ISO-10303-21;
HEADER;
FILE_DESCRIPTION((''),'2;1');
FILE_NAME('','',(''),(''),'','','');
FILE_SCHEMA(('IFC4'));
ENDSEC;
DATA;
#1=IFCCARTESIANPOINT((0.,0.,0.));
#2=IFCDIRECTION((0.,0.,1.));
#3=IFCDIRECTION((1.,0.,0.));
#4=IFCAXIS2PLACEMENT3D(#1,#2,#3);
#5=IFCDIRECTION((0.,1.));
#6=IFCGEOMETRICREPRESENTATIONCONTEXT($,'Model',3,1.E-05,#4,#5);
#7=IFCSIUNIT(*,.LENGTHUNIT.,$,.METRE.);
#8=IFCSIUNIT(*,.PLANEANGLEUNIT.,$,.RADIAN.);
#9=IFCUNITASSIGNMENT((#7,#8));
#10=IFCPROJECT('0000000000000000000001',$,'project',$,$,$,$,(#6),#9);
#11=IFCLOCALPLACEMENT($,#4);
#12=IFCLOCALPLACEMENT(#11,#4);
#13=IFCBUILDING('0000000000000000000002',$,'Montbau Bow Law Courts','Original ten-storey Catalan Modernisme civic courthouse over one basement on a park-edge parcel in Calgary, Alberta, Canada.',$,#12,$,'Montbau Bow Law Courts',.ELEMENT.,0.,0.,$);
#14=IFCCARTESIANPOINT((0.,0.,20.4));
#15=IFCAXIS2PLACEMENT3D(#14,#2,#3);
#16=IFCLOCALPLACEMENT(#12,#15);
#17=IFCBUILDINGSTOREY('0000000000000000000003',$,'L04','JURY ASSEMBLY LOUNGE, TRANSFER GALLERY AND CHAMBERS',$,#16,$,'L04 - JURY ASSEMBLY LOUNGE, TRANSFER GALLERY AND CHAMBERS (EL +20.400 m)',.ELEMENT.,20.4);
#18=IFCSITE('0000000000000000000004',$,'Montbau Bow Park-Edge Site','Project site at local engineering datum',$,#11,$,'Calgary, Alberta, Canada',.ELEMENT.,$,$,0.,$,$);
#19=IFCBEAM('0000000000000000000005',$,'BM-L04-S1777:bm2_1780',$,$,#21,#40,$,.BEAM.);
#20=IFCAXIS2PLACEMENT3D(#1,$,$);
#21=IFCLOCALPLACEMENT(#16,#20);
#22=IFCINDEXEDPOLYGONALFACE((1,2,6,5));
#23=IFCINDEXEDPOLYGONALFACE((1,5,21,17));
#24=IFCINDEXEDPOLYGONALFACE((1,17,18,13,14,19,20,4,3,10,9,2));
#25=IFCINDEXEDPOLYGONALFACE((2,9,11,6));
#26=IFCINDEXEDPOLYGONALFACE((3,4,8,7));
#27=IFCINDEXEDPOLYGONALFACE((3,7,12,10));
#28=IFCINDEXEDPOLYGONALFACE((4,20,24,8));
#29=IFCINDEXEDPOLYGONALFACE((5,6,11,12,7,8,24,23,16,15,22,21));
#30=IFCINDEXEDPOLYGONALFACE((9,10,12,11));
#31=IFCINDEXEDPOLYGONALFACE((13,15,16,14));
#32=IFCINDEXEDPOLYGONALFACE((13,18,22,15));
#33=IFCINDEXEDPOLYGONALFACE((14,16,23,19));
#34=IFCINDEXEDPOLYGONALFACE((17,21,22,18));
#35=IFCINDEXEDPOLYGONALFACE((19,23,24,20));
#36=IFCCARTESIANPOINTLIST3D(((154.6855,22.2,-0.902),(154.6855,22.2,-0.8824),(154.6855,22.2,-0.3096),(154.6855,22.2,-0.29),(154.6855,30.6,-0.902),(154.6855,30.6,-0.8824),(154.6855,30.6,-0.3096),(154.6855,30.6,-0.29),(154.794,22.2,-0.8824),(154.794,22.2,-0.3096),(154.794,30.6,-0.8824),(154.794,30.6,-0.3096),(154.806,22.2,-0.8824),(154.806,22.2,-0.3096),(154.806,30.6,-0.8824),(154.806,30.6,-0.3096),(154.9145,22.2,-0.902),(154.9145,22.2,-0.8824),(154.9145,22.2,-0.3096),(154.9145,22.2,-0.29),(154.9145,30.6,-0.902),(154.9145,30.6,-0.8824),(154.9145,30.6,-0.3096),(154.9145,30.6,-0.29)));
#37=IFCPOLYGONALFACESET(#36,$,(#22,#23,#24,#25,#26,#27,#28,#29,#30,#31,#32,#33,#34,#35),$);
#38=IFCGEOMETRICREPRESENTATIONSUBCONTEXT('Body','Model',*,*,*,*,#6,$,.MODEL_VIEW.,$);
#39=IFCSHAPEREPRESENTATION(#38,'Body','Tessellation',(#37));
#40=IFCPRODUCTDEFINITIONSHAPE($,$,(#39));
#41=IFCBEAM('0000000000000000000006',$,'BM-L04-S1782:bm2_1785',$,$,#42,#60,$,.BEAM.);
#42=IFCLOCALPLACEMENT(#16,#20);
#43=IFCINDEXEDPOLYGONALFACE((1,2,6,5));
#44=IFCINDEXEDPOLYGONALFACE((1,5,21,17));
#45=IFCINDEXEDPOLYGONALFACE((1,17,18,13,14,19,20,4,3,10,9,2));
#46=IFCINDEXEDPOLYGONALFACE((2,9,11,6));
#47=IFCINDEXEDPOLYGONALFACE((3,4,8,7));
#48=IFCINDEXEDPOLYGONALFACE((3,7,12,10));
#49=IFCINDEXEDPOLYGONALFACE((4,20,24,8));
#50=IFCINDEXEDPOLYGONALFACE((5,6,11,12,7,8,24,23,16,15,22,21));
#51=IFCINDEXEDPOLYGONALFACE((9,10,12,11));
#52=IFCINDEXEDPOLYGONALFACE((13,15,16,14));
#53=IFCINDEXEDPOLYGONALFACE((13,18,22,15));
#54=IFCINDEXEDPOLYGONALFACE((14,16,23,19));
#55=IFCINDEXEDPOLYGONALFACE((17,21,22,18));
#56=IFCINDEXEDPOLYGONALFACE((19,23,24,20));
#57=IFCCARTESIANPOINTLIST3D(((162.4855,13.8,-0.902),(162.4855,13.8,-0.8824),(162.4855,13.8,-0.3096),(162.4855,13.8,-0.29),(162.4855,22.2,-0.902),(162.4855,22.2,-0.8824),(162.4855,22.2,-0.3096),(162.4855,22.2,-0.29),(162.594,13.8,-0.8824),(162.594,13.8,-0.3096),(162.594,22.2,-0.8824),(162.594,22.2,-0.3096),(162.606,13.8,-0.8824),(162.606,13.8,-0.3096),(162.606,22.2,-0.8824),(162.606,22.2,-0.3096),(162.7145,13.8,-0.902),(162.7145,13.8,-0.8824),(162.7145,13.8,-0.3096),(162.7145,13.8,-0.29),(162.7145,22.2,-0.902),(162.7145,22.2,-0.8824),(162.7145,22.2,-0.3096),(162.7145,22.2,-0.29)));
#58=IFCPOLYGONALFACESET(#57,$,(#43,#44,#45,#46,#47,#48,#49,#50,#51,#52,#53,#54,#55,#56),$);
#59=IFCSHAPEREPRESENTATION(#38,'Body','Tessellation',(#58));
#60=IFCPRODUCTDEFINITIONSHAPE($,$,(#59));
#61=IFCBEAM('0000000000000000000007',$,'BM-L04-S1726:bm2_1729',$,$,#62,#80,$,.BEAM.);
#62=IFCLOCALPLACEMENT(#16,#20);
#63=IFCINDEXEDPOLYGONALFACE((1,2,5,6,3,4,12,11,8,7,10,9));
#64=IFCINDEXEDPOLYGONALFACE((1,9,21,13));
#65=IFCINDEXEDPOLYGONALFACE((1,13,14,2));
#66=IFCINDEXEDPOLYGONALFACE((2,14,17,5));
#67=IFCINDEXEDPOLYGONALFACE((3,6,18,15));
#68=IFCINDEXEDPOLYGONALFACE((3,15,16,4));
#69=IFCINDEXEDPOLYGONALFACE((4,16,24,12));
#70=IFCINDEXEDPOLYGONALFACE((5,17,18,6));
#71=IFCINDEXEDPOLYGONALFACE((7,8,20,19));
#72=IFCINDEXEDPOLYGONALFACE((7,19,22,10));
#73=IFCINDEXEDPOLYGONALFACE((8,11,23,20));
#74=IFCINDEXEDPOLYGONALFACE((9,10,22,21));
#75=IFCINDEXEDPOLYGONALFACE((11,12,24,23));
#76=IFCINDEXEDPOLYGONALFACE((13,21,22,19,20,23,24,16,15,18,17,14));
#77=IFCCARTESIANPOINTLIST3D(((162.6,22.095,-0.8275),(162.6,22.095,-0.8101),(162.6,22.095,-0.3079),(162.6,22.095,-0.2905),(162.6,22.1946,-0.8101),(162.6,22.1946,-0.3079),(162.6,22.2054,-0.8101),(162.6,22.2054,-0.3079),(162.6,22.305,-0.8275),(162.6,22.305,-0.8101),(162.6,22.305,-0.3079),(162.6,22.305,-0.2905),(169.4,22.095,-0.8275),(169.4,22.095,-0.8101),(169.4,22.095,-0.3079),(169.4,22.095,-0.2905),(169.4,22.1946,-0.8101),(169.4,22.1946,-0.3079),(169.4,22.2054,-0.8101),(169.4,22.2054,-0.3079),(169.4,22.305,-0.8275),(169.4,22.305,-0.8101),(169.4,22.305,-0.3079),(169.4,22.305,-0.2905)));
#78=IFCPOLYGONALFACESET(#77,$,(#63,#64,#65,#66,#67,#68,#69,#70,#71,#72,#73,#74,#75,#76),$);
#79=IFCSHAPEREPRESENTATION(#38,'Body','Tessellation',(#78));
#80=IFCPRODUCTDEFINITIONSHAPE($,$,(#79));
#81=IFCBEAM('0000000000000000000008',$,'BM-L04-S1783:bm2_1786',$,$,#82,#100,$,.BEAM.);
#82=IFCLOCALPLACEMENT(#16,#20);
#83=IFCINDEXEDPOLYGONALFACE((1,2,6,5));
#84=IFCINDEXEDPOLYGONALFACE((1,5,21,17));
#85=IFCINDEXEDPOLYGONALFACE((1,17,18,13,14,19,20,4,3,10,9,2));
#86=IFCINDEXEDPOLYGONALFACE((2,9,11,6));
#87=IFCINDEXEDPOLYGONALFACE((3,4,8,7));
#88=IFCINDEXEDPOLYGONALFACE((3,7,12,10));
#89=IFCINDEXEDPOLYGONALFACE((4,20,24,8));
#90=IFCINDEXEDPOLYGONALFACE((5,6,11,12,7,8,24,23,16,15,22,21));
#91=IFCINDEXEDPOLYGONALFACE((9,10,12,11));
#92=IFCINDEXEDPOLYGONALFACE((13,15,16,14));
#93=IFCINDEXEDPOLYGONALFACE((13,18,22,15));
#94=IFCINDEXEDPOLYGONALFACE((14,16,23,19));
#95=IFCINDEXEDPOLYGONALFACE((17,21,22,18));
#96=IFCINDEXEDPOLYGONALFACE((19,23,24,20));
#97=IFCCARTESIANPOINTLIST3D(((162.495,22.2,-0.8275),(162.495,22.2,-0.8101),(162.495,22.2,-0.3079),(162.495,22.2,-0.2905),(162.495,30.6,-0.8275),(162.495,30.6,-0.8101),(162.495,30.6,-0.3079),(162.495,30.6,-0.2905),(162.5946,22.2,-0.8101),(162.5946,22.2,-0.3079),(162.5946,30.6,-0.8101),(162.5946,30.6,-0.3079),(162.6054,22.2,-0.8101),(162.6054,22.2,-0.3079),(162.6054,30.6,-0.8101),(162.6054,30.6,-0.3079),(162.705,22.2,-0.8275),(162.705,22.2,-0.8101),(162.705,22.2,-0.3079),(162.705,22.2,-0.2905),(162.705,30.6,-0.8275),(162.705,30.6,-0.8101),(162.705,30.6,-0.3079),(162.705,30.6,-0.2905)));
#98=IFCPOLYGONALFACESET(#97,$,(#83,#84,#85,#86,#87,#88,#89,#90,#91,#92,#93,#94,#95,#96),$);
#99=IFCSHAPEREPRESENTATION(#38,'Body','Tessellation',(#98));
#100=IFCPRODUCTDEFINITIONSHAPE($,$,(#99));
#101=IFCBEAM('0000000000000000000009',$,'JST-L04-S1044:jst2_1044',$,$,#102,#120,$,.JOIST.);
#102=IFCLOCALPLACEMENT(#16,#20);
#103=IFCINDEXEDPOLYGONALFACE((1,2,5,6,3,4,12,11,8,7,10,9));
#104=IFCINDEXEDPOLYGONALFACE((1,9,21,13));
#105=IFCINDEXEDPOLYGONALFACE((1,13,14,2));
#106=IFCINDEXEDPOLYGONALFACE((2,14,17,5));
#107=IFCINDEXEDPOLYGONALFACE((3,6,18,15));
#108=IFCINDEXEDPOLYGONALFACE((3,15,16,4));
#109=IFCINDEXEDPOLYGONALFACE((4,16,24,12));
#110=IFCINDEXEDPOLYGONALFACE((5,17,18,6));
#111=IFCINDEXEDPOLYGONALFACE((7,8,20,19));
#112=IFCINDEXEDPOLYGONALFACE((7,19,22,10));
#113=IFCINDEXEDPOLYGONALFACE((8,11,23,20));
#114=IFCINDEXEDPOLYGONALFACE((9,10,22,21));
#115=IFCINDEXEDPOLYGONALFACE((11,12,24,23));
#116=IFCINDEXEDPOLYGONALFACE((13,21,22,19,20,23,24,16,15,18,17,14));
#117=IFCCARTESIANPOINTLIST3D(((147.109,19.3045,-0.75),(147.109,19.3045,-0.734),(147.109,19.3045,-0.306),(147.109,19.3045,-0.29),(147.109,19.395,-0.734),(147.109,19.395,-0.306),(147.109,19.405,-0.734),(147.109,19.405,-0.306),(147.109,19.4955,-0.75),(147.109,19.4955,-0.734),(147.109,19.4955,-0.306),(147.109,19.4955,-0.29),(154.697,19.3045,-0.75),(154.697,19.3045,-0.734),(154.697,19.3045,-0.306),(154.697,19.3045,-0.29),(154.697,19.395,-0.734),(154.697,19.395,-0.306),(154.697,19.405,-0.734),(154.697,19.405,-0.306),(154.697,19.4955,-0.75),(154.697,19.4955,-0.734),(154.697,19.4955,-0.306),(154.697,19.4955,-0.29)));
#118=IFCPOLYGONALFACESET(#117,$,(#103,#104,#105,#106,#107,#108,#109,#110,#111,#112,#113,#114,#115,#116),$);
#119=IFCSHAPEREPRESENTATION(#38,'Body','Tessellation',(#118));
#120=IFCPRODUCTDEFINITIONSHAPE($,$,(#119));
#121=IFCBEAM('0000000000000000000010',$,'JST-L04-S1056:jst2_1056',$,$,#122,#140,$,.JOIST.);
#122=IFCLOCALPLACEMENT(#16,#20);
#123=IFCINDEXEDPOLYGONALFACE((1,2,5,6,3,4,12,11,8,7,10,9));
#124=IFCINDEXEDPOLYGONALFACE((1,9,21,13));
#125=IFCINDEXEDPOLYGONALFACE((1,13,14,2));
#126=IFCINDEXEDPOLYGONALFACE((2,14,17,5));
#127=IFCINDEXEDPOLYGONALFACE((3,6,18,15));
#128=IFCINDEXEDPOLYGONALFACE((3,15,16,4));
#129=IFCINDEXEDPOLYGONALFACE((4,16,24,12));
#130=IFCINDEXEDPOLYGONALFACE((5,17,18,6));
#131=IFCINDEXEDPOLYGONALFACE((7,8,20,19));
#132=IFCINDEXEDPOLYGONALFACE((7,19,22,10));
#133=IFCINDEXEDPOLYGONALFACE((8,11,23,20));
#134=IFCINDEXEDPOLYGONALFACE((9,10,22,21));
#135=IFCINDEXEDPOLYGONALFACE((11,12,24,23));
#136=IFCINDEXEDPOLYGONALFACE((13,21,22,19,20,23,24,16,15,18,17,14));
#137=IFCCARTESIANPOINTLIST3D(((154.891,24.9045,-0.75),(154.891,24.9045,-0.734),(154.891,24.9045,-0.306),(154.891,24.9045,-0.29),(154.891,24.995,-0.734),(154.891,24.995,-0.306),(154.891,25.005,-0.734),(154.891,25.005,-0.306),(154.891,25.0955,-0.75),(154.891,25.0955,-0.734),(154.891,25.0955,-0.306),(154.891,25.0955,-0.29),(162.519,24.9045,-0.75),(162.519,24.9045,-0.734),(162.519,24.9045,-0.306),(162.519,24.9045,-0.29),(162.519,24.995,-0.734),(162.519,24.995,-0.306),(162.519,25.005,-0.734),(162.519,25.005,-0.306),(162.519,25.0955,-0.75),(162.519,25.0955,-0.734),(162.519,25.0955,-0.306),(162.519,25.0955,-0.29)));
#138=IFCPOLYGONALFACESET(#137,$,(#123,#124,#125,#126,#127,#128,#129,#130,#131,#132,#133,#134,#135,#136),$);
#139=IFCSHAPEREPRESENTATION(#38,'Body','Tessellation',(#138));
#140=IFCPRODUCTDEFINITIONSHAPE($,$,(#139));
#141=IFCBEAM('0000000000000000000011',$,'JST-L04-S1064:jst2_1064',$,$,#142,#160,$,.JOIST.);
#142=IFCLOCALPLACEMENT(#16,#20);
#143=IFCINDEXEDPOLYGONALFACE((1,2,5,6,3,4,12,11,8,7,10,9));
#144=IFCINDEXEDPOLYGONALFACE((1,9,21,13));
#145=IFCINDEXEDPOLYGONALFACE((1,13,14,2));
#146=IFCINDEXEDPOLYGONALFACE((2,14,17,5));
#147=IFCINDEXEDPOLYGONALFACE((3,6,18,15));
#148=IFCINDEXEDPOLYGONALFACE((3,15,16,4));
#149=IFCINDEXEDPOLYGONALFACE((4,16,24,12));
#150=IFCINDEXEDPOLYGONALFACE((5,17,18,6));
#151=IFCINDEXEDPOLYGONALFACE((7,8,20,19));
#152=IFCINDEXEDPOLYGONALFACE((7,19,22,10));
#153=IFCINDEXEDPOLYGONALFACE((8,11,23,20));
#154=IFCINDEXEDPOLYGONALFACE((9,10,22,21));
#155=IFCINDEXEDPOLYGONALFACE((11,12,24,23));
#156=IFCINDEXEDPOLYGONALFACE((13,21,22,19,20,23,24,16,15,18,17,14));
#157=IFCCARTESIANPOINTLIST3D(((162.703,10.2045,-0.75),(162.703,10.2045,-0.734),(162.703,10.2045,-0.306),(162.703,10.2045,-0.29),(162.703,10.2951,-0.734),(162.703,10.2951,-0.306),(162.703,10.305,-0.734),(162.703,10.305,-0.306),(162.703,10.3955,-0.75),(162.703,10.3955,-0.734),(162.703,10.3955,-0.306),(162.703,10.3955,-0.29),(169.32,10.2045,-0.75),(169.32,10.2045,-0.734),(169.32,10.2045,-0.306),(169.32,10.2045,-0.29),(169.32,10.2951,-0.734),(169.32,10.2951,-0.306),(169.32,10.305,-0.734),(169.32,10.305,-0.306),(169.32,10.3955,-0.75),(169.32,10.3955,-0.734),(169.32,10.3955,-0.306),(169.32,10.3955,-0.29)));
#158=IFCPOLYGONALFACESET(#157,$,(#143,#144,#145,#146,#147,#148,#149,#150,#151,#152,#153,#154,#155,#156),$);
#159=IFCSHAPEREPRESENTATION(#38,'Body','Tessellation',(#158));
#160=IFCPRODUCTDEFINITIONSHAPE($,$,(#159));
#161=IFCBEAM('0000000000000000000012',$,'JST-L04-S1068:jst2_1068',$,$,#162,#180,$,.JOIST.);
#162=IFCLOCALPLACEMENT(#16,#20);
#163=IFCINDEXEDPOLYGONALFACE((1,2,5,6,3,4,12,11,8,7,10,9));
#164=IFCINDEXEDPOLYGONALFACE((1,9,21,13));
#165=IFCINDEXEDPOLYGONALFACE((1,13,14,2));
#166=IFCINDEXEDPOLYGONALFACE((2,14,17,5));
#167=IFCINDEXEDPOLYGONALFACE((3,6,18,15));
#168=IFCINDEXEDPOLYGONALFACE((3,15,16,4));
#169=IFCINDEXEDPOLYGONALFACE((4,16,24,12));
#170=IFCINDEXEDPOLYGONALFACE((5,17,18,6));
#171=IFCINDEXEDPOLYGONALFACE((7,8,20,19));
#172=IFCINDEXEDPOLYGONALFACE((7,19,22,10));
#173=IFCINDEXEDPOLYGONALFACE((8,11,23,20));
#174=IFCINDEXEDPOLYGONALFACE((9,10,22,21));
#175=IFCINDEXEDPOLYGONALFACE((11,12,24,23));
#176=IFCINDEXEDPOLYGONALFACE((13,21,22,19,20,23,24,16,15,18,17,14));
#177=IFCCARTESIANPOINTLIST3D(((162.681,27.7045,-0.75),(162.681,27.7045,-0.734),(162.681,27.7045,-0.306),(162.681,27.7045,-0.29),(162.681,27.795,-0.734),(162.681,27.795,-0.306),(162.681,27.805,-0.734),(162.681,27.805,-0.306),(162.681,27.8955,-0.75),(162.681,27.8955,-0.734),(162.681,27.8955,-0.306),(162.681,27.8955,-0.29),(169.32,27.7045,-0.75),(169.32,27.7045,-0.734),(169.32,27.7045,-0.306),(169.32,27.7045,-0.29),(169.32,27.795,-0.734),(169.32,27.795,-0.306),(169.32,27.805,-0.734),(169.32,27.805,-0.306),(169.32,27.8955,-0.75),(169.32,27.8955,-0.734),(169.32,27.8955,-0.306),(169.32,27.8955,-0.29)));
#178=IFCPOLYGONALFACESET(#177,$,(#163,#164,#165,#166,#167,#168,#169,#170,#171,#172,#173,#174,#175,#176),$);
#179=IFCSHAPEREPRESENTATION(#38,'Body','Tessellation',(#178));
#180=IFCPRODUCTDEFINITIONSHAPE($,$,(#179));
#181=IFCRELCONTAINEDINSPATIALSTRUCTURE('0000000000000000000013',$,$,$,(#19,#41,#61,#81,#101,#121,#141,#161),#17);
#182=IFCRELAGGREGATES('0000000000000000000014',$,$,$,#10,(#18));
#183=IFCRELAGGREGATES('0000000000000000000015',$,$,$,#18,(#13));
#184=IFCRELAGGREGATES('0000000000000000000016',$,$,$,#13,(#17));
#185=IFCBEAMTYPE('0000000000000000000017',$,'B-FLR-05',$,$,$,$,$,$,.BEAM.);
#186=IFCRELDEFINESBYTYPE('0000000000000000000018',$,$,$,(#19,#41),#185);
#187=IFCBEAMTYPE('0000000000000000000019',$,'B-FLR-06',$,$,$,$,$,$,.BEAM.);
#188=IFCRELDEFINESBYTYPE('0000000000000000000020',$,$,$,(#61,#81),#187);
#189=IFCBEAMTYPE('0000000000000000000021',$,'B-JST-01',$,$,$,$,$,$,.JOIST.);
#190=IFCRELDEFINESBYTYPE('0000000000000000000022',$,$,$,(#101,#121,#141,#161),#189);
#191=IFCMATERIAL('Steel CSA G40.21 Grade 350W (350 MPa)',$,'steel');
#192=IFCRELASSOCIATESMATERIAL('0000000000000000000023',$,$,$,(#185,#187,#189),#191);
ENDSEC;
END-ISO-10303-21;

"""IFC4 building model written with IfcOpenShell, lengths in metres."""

from ifc_helpers import new_model, si_unit, direction, frame, origin_with_axes, origin_2d_with_axis, place, context, subcontext, project, spatial, i_section, extrude, material, material_profile, profile_set, type_object, element, save


model = new_model("IFC4")

# Units and contexts
model_context = context("Model", 3, precision=1e-05, world=origin_with_axes(), true_north=direction((0.0, 1.0)))
body_context = subcontext(model_context, "Body", "Model", "MODEL_VIEW")
ifc_project = project(units=[si_unit("LENGTHUNIT", "METRE"), si_unit("PLANEANGLEUNIT", "RADIAN")], contexts=[model_context])

# Site, building, storey
site_placement = place(None, origin_with_axes())
site = spatial("IfcSite", under=ifc_project, at=site_placement, Name="Montbau Bow Park-Edge Site", Description="Project site at local engineering datum", LongName="Calgary, Alberta, Canada", CompositionType="ELEMENT", RefElevation=0.0)
building_placement = place(site_placement, origin_with_axes())
building = spatial("IfcBuilding", under=site, at=building_placement, Name="Montbau Bow Law Courts", Description="Original ten-storey Catalan Modernisme civic courthouse over one basement on a park-edge parcel in Calgary, Alberta, Canada.", LongName="Montbau Bow Law Courts", CompositionType="ELEMENT", ElevationOfRefHeight=0.0, ElevationOfTerrain=0.0)
storey_placement = place(building_placement, frame((0.0, 0.0, 20.4), z_axis=(0.0, 0.0, 1.0), x_axis=(1.0, 0.0, 0.0)))
storey = spatial("IfcBuildingStorey", under=building, at=storey_placement, Name="L04", Description="JURY ASSEMBLY LOUNGE, TRANSFER GALLERY AND CHAMBERS", LongName="L04 - JURY ASSEMBLY LOUNGE, TRANSFER GALLERY AND CHAMBERS (EL +20.400 m)", CompositionType="ELEMENT", Elevation=20.4)

# Beams
ifc_material_1 = material(Name="Steel CSA G40.21 Grade 350W (350 MPa)", Category="steel")
ifc_material_profile_1 = material_profile(ifc_material_1, i_section(OverallWidth=0.229, OverallDepth=0.612, WebThickness=0.0119, FlangeThickness=0.0196, at=origin_2d_with_axis()), Name="W610X125", Category="Main", Priority=0)
ifc_profile_set_1 = profile_set([ifc_material_profile_1], Name="Steel CSA G40.21 Grade 350W (350 MPa)")
beam_type_1 = type_object("IfcBeamType", Name="B-FLR-05", PredefinedType="BEAM", material=ifc_profile_set_1)
for number, where, z_axis, x_axis, name in (
    (1, (154.8, 22.2, 19.804), (0.0, 1.0, 0.0), (-1.0, 0.0, 0.0), "BM-L04-S1777:bm2_1780"),
    (2, (162.6, 13.8, 19.804), (0.0, 1.0, 0.0), (-1.0, 0.0, 0.0), "BM-L04-S1782:bm2_1785"),
):
    element("IfcBeam", number, at=place(None, frame(where, z_axis=z_axis, x_axis=x_axis)), inside=storey, type_object=beam_type_1, Name=name, PredefinedType="BEAM", context=body_context, shape_type="SweptSolid", body=[
        extrude(i_section(OverallWidth=0.229, OverallDepth=0.612, WebThickness=0.0119, FlangeThickness=0.0196, at=origin_2d_with_axis()), origin_with_axes(), (0.0, 0.0, 1.0), 8.4),
    ])
ifc_material_profile_2 = material_profile(ifc_material_1, i_section(OverallWidth=0.21, OverallDepth=0.537, WebThickness=0.0109, FlangeThickness=0.0174, at=origin_2d_with_axis()), Name="W530X101", Category="Main", Priority=0)
ifc_profile_set_2 = profile_set([ifc_material_profile_2], Name="Steel CSA G40.21 Grade 350W (350 MPa)")
beam_type_2 = type_object("IfcBeamType", Name="B-FLR-06", PredefinedType="BEAM", material=ifc_profile_set_2)
beam_1_placement = place(None, frame((162.6, 22.2, 19.841), z_axis=(1.0, 0.0, 0.0), x_axis=(0.0, 1.0, 0.0)))
element("IfcBeam", 3, at=beam_1_placement, inside=storey, type_object=beam_type_2, Name="BM-L04-S1726:bm2_1729", PredefinedType="BEAM", context=body_context, shape_type="SweptSolid", body=[
    extrude(i_section(OverallWidth=0.21, OverallDepth=0.537, WebThickness=0.0109, FlangeThickness=0.0174, at=origin_2d_with_axis()), origin_with_axes(), (0.0, 0.0, 1.0), 6.8),
])
beam_2_placement = place(None, frame((162.6, 22.2, 19.841), z_axis=(0.0, 1.0, 0.0), x_axis=(-1.0, 0.0, 0.0)))
element("IfcBeam", 4, at=beam_2_placement, inside=storey, type_object=beam_type_2, Name="BM-L04-S1783:bm2_1786", PredefinedType="BEAM", context=body_context, shape_type="SweptSolid", body=[
    extrude(i_section(OverallWidth=0.21, OverallDepth=0.537, WebThickness=0.0109, FlangeThickness=0.0174, at=origin_2d_with_axis()), origin_with_axes(), (0.0, 0.0, 1.0), 8.4),
])
ifc_material_profile_3 = material_profile(ifc_material_1, i_section(OverallWidth=0.191, OverallDepth=0.46, WebThickness=0.0099, FlangeThickness=0.016, at=origin_2d_with_axis()), Name="W460X82", Category="Main", Priority=0)
ifc_profile_set_3 = profile_set([ifc_material_profile_3], Name="Steel CSA G40.21 Grade 350W (350 MPa)")
beam_type_3 = type_object("IfcBeamType", Name="B-JST-01", PredefinedType="JOIST", material=ifc_profile_set_3)
beam_3_placement = place(None, frame((147.109, 19.4, 19.88), z_axis=(1.0, 0.0, 0.0), x_axis=(0.0, 1.0, 0.0)))
element("IfcBeam", 5, at=beam_3_placement, inside=storey, type_object=beam_type_3, Name="JST-L04-S1044:jst2_1044", PredefinedType="JOIST", context=body_context, shape_type="SweptSolid", body=[
    extrude(i_section(OverallWidth=0.191, OverallDepth=0.46, WebThickness=0.0099, FlangeThickness=0.016, at=origin_2d_with_axis()), origin_with_axes(), (0.0, 0.0, 1.0), 7.588),
])
beam_4_placement = place(None, frame((154.891, 25.0, 19.88), z_axis=(1.0, 0.0, 0.0), x_axis=(0.0, 1.0, 0.0)))
element("IfcBeam", 6, at=beam_4_placement, inside=storey, type_object=beam_type_3, Name="JST-L04-S1056:jst2_1056", PredefinedType="JOIST", context=body_context, shape_type="SweptSolid", body=[
    extrude(i_section(OverallWidth=0.191, OverallDepth=0.46, WebThickness=0.0099, FlangeThickness=0.016, at=origin_2d_with_axis()), origin_with_axes(), (0.0, 0.0, 1.0), 7.628),
])
beam_5_placement = place(None, frame((162.703, 10.3, 19.88), z_axis=(1.0, 0.0, 0.0), x_axis=(0.0, 1.0, 0.0)))
element("IfcBeam", 7, at=beam_5_placement, inside=storey, type_object=beam_type_3, Name="JST-L04-S1064:jst2_1064", PredefinedType="JOIST", context=body_context, shape_type="SweptSolid", body=[
    extrude(i_section(OverallWidth=0.191, OverallDepth=0.46, WebThickness=0.0099, FlangeThickness=0.016, at=origin_2d_with_axis()), origin_with_axes(), (0.0, 0.0, 1.0), 6.617),
])
beam_6_placement = place(None, frame((162.681, 27.8, 19.88), z_axis=(1.0, 0.0, 0.0), x_axis=(0.0, 1.0, 0.0)))
element("IfcBeam", 8, at=beam_6_placement, inside=storey, type_object=beam_type_3, Name="JST-L04-S1068:jst2_1068", PredefinedType="JOIST", context=body_context, shape_type="SweptSolid", body=[
    extrude(i_section(OverallWidth=0.191, OverallDepth=0.46, WebThickness=0.0099, FlangeThickness=0.016, at=origin_2d_with_axis()), origin_with_axes(), (0.0, 0.0, 1.0), 6.639),
])

save(model, "model.ifc")
